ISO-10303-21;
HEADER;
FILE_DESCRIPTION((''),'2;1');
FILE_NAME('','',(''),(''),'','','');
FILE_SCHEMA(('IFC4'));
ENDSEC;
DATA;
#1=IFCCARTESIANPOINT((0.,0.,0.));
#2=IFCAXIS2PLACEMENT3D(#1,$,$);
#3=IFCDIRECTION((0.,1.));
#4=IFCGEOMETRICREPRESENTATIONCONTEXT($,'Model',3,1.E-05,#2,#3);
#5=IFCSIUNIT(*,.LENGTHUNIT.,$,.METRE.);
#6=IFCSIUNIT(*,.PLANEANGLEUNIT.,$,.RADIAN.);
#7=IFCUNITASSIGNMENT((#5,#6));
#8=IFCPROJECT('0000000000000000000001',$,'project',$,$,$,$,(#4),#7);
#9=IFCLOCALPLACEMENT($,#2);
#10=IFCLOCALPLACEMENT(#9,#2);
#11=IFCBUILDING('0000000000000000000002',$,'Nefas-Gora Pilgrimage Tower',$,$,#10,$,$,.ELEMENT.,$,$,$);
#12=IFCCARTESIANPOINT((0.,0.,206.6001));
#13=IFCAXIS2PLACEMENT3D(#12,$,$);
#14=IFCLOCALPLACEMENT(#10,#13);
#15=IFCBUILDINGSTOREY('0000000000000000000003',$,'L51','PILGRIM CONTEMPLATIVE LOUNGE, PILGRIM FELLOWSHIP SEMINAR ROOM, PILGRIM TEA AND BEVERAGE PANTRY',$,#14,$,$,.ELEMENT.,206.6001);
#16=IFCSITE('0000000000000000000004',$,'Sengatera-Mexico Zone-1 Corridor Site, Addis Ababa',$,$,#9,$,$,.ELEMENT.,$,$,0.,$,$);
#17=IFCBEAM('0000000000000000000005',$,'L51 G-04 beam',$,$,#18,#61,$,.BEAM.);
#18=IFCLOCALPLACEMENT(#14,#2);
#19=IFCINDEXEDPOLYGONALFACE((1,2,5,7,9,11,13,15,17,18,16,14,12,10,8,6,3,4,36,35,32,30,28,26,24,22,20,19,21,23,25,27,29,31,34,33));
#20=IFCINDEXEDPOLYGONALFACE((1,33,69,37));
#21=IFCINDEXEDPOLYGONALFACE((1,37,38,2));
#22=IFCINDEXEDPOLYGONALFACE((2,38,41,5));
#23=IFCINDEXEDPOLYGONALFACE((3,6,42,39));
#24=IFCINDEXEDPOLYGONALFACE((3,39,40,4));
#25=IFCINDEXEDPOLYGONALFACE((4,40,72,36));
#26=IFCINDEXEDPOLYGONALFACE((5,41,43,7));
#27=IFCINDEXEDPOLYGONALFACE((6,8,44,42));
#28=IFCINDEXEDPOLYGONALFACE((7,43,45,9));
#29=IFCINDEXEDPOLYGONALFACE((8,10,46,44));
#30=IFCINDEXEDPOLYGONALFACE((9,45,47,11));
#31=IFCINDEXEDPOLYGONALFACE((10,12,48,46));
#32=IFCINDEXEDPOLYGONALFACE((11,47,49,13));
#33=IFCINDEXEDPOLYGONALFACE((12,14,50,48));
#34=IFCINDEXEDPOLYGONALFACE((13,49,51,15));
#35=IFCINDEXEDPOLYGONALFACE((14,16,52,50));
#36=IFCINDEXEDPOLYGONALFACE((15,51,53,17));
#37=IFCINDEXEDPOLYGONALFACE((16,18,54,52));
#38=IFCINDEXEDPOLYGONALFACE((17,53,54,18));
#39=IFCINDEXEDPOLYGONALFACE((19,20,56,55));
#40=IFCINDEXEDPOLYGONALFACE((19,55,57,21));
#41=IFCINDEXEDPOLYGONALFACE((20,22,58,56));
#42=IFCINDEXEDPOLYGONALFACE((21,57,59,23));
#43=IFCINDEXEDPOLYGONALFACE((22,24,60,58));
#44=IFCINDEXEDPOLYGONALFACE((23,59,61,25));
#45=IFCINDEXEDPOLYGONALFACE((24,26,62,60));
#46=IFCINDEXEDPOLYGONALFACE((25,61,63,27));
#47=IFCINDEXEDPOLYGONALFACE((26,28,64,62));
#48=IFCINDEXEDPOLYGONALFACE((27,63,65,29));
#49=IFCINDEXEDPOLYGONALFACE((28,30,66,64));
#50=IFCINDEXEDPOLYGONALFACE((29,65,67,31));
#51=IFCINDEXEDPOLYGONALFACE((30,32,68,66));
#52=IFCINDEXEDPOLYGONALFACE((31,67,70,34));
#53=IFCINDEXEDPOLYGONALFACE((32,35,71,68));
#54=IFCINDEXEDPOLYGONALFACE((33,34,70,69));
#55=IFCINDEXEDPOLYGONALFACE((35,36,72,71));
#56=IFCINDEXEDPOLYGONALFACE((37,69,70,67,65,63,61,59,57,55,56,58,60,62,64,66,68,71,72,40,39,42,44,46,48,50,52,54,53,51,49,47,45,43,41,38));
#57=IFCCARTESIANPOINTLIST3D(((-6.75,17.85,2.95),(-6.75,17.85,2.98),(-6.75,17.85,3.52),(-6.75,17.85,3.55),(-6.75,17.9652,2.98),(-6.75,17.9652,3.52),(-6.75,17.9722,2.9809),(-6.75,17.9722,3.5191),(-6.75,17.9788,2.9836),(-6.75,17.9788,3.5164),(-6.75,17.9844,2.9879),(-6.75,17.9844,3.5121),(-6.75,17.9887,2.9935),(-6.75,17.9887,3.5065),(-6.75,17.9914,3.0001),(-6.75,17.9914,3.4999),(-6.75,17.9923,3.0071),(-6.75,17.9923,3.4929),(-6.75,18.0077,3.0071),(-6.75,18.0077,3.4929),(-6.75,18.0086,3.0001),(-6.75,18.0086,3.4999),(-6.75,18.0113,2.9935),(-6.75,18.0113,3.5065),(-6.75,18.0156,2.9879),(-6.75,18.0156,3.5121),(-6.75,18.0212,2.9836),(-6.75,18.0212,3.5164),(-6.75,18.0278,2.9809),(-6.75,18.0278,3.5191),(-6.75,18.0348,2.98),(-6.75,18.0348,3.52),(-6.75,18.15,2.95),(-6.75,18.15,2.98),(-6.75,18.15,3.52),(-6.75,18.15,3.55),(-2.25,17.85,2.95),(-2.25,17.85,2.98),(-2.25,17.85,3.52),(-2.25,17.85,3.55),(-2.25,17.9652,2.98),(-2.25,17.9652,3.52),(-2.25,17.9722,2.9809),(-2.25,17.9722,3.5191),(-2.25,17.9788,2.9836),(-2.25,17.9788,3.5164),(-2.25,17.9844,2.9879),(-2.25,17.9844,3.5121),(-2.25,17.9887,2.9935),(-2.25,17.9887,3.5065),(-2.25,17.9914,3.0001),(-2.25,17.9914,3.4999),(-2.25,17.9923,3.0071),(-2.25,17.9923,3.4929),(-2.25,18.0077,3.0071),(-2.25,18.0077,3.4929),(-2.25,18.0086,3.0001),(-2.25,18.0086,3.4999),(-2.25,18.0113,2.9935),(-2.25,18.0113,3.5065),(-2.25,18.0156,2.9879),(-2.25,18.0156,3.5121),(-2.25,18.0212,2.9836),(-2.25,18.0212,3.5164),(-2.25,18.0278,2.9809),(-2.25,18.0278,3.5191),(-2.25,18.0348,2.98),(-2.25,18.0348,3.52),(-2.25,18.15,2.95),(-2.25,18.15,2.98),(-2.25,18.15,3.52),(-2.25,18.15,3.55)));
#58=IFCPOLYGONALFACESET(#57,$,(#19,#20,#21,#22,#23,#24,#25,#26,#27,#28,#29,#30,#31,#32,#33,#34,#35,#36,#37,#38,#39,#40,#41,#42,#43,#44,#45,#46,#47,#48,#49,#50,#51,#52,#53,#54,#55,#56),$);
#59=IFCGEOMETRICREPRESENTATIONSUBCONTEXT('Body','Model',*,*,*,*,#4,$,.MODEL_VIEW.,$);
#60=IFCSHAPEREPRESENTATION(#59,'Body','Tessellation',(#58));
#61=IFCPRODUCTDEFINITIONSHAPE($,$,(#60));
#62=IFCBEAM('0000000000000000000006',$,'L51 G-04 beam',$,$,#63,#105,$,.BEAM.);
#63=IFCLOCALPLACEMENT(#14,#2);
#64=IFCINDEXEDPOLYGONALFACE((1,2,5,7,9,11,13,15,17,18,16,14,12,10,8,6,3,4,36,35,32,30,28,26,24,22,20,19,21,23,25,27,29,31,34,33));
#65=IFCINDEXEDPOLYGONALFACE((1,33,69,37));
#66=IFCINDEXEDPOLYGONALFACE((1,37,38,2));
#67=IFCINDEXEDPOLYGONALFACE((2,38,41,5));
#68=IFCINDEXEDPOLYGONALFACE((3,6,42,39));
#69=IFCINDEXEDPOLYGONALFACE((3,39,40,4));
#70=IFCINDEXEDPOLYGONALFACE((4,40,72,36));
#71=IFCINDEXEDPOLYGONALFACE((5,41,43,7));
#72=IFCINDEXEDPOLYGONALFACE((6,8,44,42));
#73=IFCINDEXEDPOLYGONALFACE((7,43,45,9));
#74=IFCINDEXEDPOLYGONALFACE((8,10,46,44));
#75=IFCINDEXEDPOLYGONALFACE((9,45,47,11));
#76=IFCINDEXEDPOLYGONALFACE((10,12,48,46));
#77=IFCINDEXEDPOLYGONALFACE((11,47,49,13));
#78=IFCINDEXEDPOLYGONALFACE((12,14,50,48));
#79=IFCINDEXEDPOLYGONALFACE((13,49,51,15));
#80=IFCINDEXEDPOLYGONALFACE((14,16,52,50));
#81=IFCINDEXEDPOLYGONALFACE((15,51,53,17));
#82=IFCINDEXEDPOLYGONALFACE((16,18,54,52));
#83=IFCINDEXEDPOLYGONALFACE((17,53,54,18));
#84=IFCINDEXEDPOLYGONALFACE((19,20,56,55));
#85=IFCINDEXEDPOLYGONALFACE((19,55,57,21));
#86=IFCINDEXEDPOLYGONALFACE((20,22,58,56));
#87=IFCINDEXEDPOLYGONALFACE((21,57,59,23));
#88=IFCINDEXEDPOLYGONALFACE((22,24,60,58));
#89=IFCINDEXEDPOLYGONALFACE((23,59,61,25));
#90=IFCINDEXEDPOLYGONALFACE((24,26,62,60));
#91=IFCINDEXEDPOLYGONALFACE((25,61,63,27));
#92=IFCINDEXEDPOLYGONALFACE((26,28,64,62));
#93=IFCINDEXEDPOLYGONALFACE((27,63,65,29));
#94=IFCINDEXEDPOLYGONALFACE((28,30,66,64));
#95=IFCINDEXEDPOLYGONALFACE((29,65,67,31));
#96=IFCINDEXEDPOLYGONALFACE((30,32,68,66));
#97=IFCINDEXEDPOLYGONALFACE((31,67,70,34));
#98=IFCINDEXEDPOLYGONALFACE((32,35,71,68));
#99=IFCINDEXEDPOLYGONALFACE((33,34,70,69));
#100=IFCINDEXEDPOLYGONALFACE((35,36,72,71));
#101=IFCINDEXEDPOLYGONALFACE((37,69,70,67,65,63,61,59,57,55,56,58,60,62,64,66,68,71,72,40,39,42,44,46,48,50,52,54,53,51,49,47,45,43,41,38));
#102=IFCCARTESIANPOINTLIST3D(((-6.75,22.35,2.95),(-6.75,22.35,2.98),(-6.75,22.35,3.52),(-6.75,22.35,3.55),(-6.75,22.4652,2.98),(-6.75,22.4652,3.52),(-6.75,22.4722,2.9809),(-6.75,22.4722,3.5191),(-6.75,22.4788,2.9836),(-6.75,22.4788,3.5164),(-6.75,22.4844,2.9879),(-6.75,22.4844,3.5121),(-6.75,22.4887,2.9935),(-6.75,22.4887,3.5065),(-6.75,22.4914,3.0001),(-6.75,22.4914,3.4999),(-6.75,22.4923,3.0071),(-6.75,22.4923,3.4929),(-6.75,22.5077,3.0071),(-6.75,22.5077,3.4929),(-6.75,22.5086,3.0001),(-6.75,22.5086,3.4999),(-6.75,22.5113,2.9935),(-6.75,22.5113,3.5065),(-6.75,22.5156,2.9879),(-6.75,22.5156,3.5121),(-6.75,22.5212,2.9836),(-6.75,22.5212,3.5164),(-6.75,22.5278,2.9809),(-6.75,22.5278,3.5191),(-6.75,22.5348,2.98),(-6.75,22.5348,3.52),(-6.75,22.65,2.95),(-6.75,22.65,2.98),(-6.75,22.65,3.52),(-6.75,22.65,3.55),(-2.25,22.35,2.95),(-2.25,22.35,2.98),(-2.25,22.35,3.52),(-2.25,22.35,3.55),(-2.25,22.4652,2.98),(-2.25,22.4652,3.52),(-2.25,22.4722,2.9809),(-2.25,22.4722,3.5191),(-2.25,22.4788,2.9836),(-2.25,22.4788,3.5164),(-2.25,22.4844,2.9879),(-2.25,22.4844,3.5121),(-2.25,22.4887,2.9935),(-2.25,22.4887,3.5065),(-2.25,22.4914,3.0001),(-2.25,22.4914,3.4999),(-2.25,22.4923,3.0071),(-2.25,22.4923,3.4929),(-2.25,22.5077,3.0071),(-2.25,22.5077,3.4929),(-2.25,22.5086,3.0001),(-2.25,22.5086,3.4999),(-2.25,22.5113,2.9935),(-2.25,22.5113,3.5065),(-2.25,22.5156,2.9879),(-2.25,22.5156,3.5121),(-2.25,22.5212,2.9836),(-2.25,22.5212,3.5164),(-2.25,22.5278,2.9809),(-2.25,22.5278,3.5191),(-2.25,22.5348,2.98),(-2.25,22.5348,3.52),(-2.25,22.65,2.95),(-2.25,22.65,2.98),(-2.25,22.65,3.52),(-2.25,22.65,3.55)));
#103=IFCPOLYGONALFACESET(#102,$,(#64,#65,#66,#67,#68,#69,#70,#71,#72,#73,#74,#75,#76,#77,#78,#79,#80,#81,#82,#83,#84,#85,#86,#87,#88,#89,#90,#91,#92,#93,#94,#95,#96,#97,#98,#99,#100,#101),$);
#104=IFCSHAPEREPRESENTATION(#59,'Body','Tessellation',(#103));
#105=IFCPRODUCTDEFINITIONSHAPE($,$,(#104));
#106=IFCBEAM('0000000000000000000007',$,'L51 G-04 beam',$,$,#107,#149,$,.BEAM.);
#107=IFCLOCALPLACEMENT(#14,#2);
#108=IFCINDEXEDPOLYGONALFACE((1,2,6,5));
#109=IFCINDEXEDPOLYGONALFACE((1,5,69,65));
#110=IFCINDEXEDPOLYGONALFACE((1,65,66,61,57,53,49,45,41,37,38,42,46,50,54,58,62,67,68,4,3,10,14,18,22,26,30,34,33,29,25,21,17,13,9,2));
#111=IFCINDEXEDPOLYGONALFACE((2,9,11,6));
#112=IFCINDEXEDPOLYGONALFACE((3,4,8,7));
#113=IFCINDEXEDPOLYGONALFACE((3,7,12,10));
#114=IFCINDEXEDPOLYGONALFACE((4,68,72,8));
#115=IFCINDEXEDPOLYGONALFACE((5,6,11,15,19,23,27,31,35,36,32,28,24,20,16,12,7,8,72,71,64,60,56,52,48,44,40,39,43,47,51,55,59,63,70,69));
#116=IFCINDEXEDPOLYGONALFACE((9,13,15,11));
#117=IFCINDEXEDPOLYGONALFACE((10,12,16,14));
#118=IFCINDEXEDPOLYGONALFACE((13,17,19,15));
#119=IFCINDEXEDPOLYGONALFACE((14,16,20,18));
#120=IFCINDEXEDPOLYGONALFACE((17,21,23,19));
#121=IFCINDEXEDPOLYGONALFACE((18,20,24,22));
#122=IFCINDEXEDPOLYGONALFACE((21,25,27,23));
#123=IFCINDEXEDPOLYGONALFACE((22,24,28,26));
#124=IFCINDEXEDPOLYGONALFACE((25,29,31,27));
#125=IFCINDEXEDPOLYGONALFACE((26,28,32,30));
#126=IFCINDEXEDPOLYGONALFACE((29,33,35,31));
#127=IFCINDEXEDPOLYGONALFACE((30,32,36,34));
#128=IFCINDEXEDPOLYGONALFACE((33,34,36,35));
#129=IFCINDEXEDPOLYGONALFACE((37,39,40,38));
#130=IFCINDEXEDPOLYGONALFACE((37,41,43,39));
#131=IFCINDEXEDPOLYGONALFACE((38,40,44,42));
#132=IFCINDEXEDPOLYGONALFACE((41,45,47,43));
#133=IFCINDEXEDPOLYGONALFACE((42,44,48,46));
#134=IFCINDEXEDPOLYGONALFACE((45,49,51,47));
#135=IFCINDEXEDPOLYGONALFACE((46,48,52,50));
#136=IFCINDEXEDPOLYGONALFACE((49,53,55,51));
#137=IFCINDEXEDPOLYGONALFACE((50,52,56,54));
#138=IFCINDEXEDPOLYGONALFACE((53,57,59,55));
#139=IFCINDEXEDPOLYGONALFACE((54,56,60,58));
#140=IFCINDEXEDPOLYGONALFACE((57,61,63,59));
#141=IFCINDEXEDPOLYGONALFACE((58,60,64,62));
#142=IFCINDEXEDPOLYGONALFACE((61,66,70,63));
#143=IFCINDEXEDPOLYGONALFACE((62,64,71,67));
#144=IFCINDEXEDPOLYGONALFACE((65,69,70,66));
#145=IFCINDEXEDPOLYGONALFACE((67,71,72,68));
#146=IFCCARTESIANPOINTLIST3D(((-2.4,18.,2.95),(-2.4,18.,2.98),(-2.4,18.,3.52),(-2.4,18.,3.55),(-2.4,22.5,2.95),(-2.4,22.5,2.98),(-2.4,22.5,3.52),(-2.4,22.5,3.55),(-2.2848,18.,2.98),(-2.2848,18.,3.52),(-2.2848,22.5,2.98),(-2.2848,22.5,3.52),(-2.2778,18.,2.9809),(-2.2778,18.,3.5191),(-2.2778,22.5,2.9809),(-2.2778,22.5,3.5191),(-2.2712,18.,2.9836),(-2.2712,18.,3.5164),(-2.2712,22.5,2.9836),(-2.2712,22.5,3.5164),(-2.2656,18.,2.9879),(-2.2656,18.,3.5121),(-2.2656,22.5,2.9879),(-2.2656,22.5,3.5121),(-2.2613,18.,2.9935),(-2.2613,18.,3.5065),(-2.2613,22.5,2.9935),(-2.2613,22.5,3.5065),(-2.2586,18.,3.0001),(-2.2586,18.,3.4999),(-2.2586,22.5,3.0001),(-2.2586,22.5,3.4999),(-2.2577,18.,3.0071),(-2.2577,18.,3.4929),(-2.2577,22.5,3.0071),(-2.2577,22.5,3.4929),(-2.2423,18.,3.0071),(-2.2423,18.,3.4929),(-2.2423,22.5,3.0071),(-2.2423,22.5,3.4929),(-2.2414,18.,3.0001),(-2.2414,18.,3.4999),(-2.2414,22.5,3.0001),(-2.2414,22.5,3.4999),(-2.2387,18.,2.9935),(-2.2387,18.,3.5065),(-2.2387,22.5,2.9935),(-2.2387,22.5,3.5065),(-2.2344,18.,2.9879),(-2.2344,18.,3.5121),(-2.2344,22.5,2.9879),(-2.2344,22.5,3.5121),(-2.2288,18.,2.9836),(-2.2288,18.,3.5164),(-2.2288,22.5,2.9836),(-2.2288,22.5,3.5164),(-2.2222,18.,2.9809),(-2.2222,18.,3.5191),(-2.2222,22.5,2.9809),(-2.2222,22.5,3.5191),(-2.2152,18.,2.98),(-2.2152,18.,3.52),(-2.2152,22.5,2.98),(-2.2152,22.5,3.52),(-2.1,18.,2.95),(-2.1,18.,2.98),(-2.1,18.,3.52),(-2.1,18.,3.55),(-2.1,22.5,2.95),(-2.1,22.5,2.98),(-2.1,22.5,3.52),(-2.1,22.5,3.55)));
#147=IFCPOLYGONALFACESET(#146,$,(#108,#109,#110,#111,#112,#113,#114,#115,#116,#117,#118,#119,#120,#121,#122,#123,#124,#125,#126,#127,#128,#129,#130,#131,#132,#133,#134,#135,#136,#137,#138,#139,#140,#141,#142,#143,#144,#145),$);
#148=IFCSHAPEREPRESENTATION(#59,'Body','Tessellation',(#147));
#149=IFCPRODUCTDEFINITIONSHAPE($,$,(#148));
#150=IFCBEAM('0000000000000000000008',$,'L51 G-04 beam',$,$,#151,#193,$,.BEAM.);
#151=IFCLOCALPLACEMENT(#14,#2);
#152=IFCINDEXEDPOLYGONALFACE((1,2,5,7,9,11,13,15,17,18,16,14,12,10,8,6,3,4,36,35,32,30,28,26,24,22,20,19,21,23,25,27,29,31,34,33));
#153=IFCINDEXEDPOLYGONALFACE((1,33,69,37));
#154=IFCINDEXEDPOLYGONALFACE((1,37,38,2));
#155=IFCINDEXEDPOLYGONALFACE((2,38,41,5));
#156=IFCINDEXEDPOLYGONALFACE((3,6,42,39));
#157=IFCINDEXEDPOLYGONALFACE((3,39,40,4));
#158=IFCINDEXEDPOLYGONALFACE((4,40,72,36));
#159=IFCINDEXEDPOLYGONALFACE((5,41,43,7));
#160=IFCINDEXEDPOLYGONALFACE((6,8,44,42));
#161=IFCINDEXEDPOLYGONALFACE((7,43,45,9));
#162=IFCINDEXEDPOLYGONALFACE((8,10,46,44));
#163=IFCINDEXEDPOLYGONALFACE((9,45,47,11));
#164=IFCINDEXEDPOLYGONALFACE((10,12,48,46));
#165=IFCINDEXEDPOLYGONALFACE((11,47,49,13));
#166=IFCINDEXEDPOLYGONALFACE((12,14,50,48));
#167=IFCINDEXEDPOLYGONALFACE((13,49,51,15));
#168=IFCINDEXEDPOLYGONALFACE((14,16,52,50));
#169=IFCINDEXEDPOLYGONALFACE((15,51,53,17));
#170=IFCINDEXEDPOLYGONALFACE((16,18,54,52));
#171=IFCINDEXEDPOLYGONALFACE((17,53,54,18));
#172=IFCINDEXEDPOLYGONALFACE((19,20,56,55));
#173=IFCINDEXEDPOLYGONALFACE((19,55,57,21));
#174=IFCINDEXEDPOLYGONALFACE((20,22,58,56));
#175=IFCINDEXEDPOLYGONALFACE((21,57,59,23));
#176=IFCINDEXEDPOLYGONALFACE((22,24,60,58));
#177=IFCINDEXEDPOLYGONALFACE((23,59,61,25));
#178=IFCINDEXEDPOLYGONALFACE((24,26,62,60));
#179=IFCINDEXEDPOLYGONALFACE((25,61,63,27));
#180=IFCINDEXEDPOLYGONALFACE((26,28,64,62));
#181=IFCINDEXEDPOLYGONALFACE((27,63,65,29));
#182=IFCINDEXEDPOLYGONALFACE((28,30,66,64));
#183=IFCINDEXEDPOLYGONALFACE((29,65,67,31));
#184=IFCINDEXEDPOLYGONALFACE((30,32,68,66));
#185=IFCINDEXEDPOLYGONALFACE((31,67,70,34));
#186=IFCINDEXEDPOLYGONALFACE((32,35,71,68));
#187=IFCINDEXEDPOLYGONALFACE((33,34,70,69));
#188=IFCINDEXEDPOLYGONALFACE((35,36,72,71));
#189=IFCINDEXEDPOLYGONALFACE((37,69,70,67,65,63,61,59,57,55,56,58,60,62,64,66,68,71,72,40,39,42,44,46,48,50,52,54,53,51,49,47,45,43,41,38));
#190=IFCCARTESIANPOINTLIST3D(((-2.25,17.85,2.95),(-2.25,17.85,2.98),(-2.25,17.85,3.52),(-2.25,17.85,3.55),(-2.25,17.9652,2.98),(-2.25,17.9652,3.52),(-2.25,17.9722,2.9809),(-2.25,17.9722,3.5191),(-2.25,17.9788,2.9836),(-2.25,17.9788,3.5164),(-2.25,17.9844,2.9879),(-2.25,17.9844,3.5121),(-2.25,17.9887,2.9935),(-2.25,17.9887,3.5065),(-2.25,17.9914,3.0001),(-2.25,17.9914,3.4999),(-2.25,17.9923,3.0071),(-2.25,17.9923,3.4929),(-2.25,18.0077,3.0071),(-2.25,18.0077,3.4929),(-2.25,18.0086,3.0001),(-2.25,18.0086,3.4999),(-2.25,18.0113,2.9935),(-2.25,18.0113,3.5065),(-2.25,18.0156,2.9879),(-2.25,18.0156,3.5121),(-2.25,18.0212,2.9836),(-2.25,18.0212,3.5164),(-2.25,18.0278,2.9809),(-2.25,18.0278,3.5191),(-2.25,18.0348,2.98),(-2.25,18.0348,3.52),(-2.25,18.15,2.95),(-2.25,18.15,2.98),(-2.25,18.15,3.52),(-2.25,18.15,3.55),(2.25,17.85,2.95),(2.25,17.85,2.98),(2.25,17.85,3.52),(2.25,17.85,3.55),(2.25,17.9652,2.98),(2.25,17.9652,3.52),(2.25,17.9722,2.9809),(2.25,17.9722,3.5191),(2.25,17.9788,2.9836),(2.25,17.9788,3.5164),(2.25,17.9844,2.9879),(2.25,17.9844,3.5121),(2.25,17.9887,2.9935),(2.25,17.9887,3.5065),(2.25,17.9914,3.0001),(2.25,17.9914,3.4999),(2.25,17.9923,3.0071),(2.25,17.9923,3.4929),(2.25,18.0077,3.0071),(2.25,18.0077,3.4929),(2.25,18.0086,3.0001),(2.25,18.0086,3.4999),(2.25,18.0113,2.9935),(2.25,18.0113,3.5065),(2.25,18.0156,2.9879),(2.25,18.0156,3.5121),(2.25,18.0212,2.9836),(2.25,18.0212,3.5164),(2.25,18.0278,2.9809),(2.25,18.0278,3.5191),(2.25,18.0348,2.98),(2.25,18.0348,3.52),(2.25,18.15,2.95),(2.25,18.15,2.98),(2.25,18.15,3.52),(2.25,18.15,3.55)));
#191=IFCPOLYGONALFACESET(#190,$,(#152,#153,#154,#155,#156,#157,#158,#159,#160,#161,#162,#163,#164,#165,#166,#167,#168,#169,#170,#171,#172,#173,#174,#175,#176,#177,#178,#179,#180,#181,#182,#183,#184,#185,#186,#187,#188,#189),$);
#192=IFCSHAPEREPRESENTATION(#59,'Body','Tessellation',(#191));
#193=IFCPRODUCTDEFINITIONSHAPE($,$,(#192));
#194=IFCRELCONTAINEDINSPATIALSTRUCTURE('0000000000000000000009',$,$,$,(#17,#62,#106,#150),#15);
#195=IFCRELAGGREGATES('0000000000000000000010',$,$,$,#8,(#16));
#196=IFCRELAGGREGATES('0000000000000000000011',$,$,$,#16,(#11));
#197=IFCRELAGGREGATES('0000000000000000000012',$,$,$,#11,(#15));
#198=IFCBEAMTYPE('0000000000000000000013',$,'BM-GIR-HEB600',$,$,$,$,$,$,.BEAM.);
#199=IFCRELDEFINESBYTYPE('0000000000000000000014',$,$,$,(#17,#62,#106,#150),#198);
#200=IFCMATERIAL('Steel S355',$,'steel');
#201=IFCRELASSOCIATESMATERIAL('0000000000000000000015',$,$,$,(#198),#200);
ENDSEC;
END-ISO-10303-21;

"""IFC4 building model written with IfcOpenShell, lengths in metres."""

from ifc_helpers import new_model, si_unit, direction, frame, origin, origin_2d, place, context, subcontext, project, spatial, i_section, extrude, source, transform, mapped, material, material_profile, profile_set, type_object, element, save


model = new_model("IFC4")

# Units and contexts
model_context = context("Model", 3, precision=1e-05, world=origin(), true_north=direction((0.0, 1.0)))
body_context = subcontext(model_context, "Body", "Model", "MODEL_VIEW")
ifc_project = project(units=[si_unit("LENGTHUNIT", "METRE"), si_unit("PLANEANGLEUNIT", "RADIAN")], contexts=[model_context])

# Site, building, storey
site_placement = place(None, origin())
site = spatial("IfcSite", under=ifc_project, at=site_placement, Name="Sengatera-Mexico Zone-1 Corridor Site, Addis Ababa", CompositionType="ELEMENT", RefElevation=0.0)
building_placement = place(site_placement, origin())
building = spatial("IfcBuilding", under=site, at=building_placement, Name="Nefas-Gora Pilgrimage Tower", CompositionType="ELEMENT")
storey_placement = place(building_placement, frame((0.0, 0.0, 206.6001)))
storey = spatial("IfcBuildingStorey", under=building, at=storey_placement, Name="L51", Description="PILGRIM CONTEMPLATIVE LOUNGE, PILGRIM FELLOWSHIP SEMINAR ROOM, PILGRIM TEA AND BEVERAGE PANTRY", CompositionType="ELEMENT", Elevation=206.6001)

# Beams
ifc_material_1 = material(Name="Steel S355", Category="steel")
ifc_material_profile_1 = material_profile(ifc_material_1, i_section(OverallWidth=0.3, OverallDepth=0.6001, WebThickness=0.0154, FlangeThickness=0.03, FilletRadius=0.0271, at=origin_2d()), Name="HEB 600")
ifc_profile_set_1 = profile_set([ifc_material_profile_1], Name="Steel S355")
beam_type_1 = type_object("IfcBeamType", Name="BM-GIR-HEB600", PredefinedType="BEAM", material=ifc_profile_set_1)
shared_shape_1 = source(origin(), body_context, "Body", "SweptSolid", [
    extrude(i_section(OverallWidth=0.3, OverallDepth=0.6001, WebThickness=0.0154, FlangeThickness=0.03, FilletRadius=0.0271, at=origin_2d()), origin(), (0.0, 0.0, 1.0), 4.5),
])
for number, where, z_axis, x_axis, name in (
    (1, (-6.75, 18.0, 3.25), (1.0, 0.0, 0.0), (0.0, 1.0, 0.0), "L51 G-04 beam"),
    (2, (-6.75, 22.5, 3.25), (1.0, 0.0, 0.0), (0.0, 1.0, 0.0), "L51 G-04 beam"),
    (3, (-2.25, 18.0, 3.25), (0.0, 1.0, 0.0), (-1.0, 0.0, 0.0), "L51 G-04 beam"),
    (4, (-2.25, 18.0, 3.25), (1.0, 0.0, 0.0), (0.0, 1.0, 0.0), "L51 G-04 beam"),
):
    element("IfcBeam", number, at=place(storey_placement, frame(where, z_axis=z_axis, x_axis=x_axis)), inside=storey, type_object=beam_type_1, Name=name, PredefinedType="BEAM", context=body_context, shape_type="MappedRepresentation", body=[
        mapped(shared_shape_1, transform((0.0, 0.0, 0.0), x_axis=(1.0, 0.0, 0.0), y_axis=(0.0, 1.0, 0.0), z_axis=(0.0, 0.0, 1.0), scale=1.0)),
    ])

save(model, "model.ifc")
